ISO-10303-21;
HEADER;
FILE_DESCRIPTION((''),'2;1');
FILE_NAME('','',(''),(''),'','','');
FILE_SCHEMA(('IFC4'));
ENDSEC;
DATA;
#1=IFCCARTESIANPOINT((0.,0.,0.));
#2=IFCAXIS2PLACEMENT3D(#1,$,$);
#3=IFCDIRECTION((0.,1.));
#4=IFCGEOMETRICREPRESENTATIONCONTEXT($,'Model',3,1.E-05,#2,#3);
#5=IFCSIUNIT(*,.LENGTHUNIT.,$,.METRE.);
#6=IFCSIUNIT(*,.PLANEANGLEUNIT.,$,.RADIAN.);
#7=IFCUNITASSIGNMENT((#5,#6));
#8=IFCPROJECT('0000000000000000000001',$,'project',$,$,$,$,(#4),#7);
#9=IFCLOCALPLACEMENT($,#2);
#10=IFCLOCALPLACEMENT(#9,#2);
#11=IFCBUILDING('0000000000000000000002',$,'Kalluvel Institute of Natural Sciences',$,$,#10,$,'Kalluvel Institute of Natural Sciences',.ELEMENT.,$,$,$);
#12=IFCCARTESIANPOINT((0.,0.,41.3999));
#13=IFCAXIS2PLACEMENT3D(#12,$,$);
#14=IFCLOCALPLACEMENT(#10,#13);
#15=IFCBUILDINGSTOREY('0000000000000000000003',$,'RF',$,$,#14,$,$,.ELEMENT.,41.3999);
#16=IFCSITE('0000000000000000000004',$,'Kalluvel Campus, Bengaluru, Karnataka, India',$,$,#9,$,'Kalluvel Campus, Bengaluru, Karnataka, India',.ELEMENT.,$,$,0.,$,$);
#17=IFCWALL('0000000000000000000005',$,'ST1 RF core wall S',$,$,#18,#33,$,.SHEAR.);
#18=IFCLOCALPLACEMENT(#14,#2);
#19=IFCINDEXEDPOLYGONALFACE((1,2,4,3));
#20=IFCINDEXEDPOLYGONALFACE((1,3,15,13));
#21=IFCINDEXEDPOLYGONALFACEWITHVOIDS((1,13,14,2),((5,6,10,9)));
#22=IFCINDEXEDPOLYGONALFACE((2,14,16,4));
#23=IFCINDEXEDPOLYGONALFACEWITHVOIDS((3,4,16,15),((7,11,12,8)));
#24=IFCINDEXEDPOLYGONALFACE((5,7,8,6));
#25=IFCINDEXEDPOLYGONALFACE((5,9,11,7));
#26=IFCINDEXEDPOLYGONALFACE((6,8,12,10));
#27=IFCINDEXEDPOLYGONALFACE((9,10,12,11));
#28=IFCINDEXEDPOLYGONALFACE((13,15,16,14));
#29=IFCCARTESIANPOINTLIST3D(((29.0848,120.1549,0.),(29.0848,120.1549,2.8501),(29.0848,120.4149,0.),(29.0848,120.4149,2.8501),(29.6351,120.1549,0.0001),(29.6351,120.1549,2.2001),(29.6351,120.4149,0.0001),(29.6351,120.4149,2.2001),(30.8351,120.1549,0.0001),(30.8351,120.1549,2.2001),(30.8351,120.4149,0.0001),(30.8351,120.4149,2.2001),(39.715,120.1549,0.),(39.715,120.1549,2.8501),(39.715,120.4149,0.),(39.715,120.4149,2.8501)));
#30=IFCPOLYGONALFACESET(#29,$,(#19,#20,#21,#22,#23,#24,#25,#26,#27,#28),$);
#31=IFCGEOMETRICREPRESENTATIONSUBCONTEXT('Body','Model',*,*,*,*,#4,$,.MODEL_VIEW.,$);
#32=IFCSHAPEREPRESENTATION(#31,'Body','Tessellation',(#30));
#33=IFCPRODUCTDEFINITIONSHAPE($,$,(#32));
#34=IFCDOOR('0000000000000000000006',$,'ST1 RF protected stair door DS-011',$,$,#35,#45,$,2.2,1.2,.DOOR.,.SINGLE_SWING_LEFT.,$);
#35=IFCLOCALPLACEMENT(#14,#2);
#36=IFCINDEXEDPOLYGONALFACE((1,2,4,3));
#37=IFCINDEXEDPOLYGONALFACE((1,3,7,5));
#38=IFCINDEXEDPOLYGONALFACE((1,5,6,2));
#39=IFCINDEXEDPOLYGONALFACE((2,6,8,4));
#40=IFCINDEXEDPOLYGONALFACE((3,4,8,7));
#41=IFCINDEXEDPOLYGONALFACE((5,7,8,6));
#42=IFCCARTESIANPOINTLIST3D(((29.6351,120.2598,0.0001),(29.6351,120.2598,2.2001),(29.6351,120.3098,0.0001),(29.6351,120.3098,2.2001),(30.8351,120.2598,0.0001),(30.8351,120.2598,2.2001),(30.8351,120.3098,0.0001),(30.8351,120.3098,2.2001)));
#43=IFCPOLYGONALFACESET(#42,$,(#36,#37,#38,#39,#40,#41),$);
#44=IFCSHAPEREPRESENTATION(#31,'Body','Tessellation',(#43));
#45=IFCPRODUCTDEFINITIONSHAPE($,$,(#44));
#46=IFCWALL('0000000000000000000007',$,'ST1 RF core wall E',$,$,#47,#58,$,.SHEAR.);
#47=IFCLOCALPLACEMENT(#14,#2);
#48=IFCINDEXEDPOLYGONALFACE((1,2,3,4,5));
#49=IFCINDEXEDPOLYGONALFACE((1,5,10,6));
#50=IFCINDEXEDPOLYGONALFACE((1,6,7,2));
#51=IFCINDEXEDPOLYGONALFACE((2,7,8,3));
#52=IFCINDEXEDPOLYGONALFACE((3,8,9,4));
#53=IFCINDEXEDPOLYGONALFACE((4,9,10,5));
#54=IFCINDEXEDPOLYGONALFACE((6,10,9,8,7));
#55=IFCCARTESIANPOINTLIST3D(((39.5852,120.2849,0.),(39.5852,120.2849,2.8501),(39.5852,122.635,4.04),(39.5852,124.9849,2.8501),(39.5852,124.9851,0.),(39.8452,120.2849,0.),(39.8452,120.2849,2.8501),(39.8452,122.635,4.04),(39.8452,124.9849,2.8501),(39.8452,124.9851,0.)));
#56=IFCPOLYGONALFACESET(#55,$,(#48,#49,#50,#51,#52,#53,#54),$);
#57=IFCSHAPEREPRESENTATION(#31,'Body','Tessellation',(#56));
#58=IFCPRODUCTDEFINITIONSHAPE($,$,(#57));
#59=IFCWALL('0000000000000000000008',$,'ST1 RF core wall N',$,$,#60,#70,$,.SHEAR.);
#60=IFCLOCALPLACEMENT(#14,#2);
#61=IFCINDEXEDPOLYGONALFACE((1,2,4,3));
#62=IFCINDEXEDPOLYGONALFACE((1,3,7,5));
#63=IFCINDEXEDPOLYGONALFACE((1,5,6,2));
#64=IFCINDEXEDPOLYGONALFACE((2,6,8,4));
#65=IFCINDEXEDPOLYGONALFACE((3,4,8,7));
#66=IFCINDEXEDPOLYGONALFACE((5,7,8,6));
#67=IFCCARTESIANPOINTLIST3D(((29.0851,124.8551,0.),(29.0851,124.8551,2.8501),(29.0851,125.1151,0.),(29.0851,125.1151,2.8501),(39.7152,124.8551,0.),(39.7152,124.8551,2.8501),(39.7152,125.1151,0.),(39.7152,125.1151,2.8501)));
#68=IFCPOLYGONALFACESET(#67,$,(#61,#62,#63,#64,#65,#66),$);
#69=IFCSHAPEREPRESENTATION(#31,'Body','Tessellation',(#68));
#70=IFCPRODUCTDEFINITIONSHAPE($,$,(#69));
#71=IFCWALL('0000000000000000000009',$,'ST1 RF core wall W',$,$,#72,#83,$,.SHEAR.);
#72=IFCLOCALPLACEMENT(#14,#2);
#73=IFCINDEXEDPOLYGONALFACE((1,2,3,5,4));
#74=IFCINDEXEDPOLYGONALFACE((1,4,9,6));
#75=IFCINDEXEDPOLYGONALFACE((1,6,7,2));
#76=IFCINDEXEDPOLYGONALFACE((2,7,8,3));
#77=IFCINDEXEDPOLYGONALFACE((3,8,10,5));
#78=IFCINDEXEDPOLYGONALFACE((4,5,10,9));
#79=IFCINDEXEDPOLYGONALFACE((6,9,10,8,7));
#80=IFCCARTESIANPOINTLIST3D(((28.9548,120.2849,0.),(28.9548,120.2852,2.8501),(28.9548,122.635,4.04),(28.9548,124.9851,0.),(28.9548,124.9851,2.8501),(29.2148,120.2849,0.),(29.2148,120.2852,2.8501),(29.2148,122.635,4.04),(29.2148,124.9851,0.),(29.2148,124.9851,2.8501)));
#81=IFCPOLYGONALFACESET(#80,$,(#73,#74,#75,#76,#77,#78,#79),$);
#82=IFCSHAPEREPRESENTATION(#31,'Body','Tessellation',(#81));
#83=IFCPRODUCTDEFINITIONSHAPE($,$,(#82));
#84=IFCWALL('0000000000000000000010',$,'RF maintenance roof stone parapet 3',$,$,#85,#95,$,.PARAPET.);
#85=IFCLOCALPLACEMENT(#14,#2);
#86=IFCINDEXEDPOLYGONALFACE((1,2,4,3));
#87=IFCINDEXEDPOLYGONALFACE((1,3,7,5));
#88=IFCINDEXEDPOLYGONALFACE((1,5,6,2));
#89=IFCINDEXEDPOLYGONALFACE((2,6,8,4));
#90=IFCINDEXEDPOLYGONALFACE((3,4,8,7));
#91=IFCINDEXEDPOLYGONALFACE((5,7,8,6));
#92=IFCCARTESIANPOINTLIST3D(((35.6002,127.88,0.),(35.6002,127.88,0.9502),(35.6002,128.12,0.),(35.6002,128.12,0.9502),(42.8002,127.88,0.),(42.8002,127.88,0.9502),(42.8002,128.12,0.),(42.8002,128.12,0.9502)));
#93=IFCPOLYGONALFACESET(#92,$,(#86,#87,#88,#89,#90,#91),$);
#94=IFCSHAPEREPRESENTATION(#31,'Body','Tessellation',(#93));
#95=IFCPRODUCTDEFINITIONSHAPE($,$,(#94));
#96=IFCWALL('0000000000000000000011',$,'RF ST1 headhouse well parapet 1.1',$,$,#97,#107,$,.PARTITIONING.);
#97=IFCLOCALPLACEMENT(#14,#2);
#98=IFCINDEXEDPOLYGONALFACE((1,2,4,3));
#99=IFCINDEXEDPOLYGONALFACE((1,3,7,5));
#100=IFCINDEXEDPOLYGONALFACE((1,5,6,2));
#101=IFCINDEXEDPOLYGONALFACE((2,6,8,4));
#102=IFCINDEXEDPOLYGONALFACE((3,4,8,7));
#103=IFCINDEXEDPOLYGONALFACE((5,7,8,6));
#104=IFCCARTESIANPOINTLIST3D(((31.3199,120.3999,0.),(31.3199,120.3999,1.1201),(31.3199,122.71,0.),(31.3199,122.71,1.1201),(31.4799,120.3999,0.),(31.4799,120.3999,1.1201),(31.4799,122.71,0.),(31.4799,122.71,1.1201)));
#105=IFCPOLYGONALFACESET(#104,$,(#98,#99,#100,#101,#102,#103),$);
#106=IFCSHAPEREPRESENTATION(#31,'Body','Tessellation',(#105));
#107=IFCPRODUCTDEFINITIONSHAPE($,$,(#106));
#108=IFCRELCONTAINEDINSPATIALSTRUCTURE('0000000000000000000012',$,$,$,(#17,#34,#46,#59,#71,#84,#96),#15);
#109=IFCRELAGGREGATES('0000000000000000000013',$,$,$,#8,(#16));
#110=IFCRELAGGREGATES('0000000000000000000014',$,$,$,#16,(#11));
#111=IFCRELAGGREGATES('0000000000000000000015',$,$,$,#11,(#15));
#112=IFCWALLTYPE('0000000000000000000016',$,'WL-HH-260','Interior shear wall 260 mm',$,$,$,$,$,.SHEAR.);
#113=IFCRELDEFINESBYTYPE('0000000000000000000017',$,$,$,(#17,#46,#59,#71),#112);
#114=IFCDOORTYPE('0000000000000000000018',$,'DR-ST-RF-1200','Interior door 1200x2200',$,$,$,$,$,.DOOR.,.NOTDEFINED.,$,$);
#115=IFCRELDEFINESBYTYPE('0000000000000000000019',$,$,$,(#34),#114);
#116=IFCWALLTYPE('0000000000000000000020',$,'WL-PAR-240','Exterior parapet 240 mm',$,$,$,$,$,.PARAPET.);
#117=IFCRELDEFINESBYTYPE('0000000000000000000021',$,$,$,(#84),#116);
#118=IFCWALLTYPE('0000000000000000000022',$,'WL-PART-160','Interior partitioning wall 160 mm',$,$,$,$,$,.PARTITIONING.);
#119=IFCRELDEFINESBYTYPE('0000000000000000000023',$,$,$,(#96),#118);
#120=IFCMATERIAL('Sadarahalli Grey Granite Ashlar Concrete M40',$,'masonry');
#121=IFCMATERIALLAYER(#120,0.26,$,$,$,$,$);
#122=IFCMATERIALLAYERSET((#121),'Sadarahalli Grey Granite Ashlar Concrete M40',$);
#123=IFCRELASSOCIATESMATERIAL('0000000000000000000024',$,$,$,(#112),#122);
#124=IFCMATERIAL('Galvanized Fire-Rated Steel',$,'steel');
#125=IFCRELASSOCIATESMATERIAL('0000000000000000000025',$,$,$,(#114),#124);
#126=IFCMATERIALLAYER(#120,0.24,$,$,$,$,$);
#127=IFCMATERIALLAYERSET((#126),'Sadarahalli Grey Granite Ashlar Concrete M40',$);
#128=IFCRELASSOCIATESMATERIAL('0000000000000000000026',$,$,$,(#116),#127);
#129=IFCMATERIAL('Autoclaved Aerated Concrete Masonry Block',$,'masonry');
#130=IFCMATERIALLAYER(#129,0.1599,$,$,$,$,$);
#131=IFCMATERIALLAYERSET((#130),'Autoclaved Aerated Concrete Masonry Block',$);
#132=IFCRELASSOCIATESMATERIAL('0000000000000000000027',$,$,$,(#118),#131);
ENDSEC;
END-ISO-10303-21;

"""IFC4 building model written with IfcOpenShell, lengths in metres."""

from ifc_helpers import new_model, si_unit, direction, frame, frame_2d, origin, place, context, subcontext, project, spatial, polyline, rectangle, outline, extrude, material, layer, layer_set, type_object, element, fill, save


model = new_model("IFC4")

# Units and contexts
model_context = context("Model", 3, precision=1e-05, world=origin(), true_north=direction((0.0, 1.0)))
body_context = subcontext(model_context, "Body", "Model", "MODEL_VIEW")
ifc_project = project(units=[si_unit("LENGTHUNIT", "METRE"), si_unit("PLANEANGLEUNIT", "RADIAN")], contexts=[model_context])

# Site, building, storey
site_placement = place(None, origin())
site = spatial("IfcSite", under=ifc_project, at=site_placement, Name="Kalluvel Campus, Bengaluru, Karnataka, India", LongName="Kalluvel Campus, Bengaluru, Karnataka, India", CompositionType="ELEMENT", RefElevation=0.0)
building_placement = place(site_placement, origin())
building = spatial("IfcBuilding", under=site, at=building_placement, Name="Kalluvel Institute of Natural Sciences", LongName="Kalluvel Institute of Natural Sciences", CompositionType="ELEMENT")
storey_placement = place(building_placement, frame((0.0, 0.0, 41.3999)))
storey = spatial("IfcBuildingStorey", under=building, at=storey_placement, Name="RF", CompositionType="ELEMENT", Elevation=41.3999)

# Shared definitions
ifc_material_1 = material(Name="Sadarahalli Grey Granite Ashlar Concrete M40", Category="masonry")

# Wall, opening, door
ifc_layer_1 = layer(ifc_material_1, 0.26)
ifc_layer_set_1 = layer_set([ifc_layer_1], Name="Sadarahalli Grey Granite Ashlar Concrete M40")
wall_type_1 = type_object("IfcWallType", Name="WL-HH-260", Description="Interior shear wall 260 mm", PredefinedType="SHEAR", material=ifc_layer_set_1)
wall_1_placement = place(storey_placement, frame((29.085, 120.2849, 0.0), z_axis=(0.0, 0.0, 1.0), x_axis=(1.0, 0.0, 0.0)))
wall_1 = element("IfcWall", 1, at=wall_1_placement, inside=storey, type_object=wall_type_1, Name="ST1 RF core wall S", PredefinedType="SHEAR", context=body_context, shape_type="SweptSolid", body=[
    extrude(rectangle(XDim=10.6301, YDim=0.26, at=frame_2d((5.3149, 0.0))), origin(), (0.0, 0.0, 1.0), 2.8501),
])
opening_placement = place(wall_1_placement, frame((0.55, 0.0, 0.0)))
opening = element("IfcOpeningElement", 2, at=opening_placement, cuts=wall_1, PredefinedType="OPENING", context=body_context, shape_type="SweptSolid", body=[
    extrude(rectangle(XDim=1.2, YDim=2.2, at=frame_2d((0.6001, 1.1001))), frame((0.0, 0.1399, 0.0), z_axis=(0.0, -1.0, 0.0), x_axis=(1.0, 0.0, 0.0)), (0.0, 0.0, 1.0), 0.28),
])
ifc_material_2 = material(Name="Galvanized Fire-Rated Steel", Category="steel")
door_type = type_object("IfcDoorType", Name="DR-ST-RF-1200", Description="Interior door 1200x2200", OperationType="NOTDEFINED", PredefinedType="DOOR", material=ifc_material_2)
door_placement = place(opening_placement, origin())
door = element("IfcDoor", 3, at=door_placement, inside=storey, type_object=door_type, Name="ST1 RF protected stair door DS-011", OperationType="SINGLE_SWING_LEFT", OverallHeight=2.2, OverallWidth=1.2, PredefinedType="DOOR", context=body_context, shape_type="SweptSolid", body=[
    extrude(rectangle(XDim=1.2, YDim=2.2, at=frame_2d((0.6001, 1.1001))), frame((0.0, 0.0249, 0.0), z_axis=(0.0, -1.0, 0.0), x_axis=(1.0, 0.0, 0.0)), (0.0, 0.0, 1.0), 0.05),
])
fill(opening, door)

# Walls
wall_2_placement = place(storey_placement, frame((39.7151, 120.2849, 0.0), z_axis=(0.0, 0.0, 1.0), x_axis=(0.0, 1.0, 0.0)))
element("IfcWall", 4, at=wall_2_placement, inside=storey, type_object=wall_type_1, Name="ST1 RF core wall E", PredefinedType="SHEAR", context=body_context, shape_type="SweptSolid", body=[
    extrude(outline(polyline([(0.0, 0.0), (4.7002, 0.0), (4.7, 2.8501), (2.3501, 4.04), (0.0, 2.8501), (0.0, 0.0)])), frame((0.0, 0.1299, 0.0), z_axis=(0.0, -1.0, 0.0), x_axis=(1.0, 0.0, 0.0)), (0.0, 0.0, 1.0), 0.26),
])
wall_3_placement = place(storey_placement, frame((39.7151, 124.9851, 0.0), z_axis=(0.0, 0.0, 1.0), x_axis=(-1.0, 0.0, 0.0)))
element("IfcWall", 5, at=wall_3_placement, inside=storey, type_object=wall_type_1, Name="ST1 RF core wall N", PredefinedType="SHEAR", context=body_context, shape_type="SweptSolid", body=[
    extrude(rectangle(XDim=10.6301, YDim=0.26, at=frame_2d((5.3149, 0.0))), origin(), (0.0, 0.0, 1.0), 2.8501),
])
wall_4_placement = place(storey_placement, frame((29.085, 124.9851, 0.0), z_axis=(0.0, 0.0, 1.0), x_axis=(0.0, -1.0, 0.0)))
element("IfcWall", 6, at=wall_4_placement, inside=storey, type_object=wall_type_1, Name="ST1 RF core wall W", PredefinedType="SHEAR", context=body_context, shape_type="SweptSolid", body=[
    extrude(outline(polyline([(0.0, 0.0), (4.7002, 0.0), (4.7, 2.8501), (2.3501, 4.04), (0.0, 2.8501), (0.0, 0.0)])), frame((0.0, 0.1299, 0.0), z_axis=(0.0, -1.0, 0.0), x_axis=(1.0, 0.0, 0.0)), (0.0, 0.0, 1.0), 0.26),
])
ifc_layer_2 = layer(ifc_material_1, 0.24)
ifc_layer_set_2 = layer_set([ifc_layer_2], Name="Sadarahalli Grey Granite Ashlar Concrete M40")
wall_type_2 = type_object("IfcWallType", Name="WL-PAR-240", Description="Exterior parapet 240 mm", PredefinedType="PARAPET", material=ifc_layer_set_2)
wall_5_placement = place(storey_placement, frame((35.6001, 128.0, 0.0), z_axis=(0.0, 0.0, 1.0), x_axis=(1.0, 0.0, 0.0)))
element("IfcWall", 7, at=wall_5_placement, inside=storey, type_object=wall_type_2, Name="RF maintenance roof stone parapet 3", PredefinedType="PARAPET", context=body_context, shape_type="SweptSolid", body=[
    extrude(rectangle(XDim=7.2, YDim=0.24, at=frame_2d((3.6001, 0.0))), origin(), (0.0, 0.0, 1.0), 0.9502),
])
ifc_material_3 = material(Name="Autoclaved Aerated Concrete Masonry Block", Category="masonry")
ifc_layer_3 = layer(ifc_material_3, 0.1599)
ifc_layer_set_3 = layer_set([ifc_layer_3], Name="Autoclaved Aerated Concrete Masonry Block")
wall_type_3 = type_object("IfcWallType", Name="WL-PART-160", Description="Interior partitioning wall 160 mm", PredefinedType="PARTITIONING", material=ifc_layer_set_3)
wall_6_placement = place(storey_placement, frame((31.3999, 120.3999, 0.0), z_axis=(0.0, 0.0, 1.0), x_axis=(0.0, 1.0, 0.0)))
element("IfcWall", 8, at=wall_6_placement, inside=storey, type_object=wall_type_3, Name="RF ST1 headhouse well parapet 1.1", PredefinedType="PARTITIONING", context=body_context, shape_type="SweptSolid", body=[
    extrude(rectangle(XDim=2.3101, YDim=0.1599, at=frame_2d((1.155, 0.0))), origin(), (0.0, 0.0, 1.0), 1.1201),
])

save(model, "model.ifc")
